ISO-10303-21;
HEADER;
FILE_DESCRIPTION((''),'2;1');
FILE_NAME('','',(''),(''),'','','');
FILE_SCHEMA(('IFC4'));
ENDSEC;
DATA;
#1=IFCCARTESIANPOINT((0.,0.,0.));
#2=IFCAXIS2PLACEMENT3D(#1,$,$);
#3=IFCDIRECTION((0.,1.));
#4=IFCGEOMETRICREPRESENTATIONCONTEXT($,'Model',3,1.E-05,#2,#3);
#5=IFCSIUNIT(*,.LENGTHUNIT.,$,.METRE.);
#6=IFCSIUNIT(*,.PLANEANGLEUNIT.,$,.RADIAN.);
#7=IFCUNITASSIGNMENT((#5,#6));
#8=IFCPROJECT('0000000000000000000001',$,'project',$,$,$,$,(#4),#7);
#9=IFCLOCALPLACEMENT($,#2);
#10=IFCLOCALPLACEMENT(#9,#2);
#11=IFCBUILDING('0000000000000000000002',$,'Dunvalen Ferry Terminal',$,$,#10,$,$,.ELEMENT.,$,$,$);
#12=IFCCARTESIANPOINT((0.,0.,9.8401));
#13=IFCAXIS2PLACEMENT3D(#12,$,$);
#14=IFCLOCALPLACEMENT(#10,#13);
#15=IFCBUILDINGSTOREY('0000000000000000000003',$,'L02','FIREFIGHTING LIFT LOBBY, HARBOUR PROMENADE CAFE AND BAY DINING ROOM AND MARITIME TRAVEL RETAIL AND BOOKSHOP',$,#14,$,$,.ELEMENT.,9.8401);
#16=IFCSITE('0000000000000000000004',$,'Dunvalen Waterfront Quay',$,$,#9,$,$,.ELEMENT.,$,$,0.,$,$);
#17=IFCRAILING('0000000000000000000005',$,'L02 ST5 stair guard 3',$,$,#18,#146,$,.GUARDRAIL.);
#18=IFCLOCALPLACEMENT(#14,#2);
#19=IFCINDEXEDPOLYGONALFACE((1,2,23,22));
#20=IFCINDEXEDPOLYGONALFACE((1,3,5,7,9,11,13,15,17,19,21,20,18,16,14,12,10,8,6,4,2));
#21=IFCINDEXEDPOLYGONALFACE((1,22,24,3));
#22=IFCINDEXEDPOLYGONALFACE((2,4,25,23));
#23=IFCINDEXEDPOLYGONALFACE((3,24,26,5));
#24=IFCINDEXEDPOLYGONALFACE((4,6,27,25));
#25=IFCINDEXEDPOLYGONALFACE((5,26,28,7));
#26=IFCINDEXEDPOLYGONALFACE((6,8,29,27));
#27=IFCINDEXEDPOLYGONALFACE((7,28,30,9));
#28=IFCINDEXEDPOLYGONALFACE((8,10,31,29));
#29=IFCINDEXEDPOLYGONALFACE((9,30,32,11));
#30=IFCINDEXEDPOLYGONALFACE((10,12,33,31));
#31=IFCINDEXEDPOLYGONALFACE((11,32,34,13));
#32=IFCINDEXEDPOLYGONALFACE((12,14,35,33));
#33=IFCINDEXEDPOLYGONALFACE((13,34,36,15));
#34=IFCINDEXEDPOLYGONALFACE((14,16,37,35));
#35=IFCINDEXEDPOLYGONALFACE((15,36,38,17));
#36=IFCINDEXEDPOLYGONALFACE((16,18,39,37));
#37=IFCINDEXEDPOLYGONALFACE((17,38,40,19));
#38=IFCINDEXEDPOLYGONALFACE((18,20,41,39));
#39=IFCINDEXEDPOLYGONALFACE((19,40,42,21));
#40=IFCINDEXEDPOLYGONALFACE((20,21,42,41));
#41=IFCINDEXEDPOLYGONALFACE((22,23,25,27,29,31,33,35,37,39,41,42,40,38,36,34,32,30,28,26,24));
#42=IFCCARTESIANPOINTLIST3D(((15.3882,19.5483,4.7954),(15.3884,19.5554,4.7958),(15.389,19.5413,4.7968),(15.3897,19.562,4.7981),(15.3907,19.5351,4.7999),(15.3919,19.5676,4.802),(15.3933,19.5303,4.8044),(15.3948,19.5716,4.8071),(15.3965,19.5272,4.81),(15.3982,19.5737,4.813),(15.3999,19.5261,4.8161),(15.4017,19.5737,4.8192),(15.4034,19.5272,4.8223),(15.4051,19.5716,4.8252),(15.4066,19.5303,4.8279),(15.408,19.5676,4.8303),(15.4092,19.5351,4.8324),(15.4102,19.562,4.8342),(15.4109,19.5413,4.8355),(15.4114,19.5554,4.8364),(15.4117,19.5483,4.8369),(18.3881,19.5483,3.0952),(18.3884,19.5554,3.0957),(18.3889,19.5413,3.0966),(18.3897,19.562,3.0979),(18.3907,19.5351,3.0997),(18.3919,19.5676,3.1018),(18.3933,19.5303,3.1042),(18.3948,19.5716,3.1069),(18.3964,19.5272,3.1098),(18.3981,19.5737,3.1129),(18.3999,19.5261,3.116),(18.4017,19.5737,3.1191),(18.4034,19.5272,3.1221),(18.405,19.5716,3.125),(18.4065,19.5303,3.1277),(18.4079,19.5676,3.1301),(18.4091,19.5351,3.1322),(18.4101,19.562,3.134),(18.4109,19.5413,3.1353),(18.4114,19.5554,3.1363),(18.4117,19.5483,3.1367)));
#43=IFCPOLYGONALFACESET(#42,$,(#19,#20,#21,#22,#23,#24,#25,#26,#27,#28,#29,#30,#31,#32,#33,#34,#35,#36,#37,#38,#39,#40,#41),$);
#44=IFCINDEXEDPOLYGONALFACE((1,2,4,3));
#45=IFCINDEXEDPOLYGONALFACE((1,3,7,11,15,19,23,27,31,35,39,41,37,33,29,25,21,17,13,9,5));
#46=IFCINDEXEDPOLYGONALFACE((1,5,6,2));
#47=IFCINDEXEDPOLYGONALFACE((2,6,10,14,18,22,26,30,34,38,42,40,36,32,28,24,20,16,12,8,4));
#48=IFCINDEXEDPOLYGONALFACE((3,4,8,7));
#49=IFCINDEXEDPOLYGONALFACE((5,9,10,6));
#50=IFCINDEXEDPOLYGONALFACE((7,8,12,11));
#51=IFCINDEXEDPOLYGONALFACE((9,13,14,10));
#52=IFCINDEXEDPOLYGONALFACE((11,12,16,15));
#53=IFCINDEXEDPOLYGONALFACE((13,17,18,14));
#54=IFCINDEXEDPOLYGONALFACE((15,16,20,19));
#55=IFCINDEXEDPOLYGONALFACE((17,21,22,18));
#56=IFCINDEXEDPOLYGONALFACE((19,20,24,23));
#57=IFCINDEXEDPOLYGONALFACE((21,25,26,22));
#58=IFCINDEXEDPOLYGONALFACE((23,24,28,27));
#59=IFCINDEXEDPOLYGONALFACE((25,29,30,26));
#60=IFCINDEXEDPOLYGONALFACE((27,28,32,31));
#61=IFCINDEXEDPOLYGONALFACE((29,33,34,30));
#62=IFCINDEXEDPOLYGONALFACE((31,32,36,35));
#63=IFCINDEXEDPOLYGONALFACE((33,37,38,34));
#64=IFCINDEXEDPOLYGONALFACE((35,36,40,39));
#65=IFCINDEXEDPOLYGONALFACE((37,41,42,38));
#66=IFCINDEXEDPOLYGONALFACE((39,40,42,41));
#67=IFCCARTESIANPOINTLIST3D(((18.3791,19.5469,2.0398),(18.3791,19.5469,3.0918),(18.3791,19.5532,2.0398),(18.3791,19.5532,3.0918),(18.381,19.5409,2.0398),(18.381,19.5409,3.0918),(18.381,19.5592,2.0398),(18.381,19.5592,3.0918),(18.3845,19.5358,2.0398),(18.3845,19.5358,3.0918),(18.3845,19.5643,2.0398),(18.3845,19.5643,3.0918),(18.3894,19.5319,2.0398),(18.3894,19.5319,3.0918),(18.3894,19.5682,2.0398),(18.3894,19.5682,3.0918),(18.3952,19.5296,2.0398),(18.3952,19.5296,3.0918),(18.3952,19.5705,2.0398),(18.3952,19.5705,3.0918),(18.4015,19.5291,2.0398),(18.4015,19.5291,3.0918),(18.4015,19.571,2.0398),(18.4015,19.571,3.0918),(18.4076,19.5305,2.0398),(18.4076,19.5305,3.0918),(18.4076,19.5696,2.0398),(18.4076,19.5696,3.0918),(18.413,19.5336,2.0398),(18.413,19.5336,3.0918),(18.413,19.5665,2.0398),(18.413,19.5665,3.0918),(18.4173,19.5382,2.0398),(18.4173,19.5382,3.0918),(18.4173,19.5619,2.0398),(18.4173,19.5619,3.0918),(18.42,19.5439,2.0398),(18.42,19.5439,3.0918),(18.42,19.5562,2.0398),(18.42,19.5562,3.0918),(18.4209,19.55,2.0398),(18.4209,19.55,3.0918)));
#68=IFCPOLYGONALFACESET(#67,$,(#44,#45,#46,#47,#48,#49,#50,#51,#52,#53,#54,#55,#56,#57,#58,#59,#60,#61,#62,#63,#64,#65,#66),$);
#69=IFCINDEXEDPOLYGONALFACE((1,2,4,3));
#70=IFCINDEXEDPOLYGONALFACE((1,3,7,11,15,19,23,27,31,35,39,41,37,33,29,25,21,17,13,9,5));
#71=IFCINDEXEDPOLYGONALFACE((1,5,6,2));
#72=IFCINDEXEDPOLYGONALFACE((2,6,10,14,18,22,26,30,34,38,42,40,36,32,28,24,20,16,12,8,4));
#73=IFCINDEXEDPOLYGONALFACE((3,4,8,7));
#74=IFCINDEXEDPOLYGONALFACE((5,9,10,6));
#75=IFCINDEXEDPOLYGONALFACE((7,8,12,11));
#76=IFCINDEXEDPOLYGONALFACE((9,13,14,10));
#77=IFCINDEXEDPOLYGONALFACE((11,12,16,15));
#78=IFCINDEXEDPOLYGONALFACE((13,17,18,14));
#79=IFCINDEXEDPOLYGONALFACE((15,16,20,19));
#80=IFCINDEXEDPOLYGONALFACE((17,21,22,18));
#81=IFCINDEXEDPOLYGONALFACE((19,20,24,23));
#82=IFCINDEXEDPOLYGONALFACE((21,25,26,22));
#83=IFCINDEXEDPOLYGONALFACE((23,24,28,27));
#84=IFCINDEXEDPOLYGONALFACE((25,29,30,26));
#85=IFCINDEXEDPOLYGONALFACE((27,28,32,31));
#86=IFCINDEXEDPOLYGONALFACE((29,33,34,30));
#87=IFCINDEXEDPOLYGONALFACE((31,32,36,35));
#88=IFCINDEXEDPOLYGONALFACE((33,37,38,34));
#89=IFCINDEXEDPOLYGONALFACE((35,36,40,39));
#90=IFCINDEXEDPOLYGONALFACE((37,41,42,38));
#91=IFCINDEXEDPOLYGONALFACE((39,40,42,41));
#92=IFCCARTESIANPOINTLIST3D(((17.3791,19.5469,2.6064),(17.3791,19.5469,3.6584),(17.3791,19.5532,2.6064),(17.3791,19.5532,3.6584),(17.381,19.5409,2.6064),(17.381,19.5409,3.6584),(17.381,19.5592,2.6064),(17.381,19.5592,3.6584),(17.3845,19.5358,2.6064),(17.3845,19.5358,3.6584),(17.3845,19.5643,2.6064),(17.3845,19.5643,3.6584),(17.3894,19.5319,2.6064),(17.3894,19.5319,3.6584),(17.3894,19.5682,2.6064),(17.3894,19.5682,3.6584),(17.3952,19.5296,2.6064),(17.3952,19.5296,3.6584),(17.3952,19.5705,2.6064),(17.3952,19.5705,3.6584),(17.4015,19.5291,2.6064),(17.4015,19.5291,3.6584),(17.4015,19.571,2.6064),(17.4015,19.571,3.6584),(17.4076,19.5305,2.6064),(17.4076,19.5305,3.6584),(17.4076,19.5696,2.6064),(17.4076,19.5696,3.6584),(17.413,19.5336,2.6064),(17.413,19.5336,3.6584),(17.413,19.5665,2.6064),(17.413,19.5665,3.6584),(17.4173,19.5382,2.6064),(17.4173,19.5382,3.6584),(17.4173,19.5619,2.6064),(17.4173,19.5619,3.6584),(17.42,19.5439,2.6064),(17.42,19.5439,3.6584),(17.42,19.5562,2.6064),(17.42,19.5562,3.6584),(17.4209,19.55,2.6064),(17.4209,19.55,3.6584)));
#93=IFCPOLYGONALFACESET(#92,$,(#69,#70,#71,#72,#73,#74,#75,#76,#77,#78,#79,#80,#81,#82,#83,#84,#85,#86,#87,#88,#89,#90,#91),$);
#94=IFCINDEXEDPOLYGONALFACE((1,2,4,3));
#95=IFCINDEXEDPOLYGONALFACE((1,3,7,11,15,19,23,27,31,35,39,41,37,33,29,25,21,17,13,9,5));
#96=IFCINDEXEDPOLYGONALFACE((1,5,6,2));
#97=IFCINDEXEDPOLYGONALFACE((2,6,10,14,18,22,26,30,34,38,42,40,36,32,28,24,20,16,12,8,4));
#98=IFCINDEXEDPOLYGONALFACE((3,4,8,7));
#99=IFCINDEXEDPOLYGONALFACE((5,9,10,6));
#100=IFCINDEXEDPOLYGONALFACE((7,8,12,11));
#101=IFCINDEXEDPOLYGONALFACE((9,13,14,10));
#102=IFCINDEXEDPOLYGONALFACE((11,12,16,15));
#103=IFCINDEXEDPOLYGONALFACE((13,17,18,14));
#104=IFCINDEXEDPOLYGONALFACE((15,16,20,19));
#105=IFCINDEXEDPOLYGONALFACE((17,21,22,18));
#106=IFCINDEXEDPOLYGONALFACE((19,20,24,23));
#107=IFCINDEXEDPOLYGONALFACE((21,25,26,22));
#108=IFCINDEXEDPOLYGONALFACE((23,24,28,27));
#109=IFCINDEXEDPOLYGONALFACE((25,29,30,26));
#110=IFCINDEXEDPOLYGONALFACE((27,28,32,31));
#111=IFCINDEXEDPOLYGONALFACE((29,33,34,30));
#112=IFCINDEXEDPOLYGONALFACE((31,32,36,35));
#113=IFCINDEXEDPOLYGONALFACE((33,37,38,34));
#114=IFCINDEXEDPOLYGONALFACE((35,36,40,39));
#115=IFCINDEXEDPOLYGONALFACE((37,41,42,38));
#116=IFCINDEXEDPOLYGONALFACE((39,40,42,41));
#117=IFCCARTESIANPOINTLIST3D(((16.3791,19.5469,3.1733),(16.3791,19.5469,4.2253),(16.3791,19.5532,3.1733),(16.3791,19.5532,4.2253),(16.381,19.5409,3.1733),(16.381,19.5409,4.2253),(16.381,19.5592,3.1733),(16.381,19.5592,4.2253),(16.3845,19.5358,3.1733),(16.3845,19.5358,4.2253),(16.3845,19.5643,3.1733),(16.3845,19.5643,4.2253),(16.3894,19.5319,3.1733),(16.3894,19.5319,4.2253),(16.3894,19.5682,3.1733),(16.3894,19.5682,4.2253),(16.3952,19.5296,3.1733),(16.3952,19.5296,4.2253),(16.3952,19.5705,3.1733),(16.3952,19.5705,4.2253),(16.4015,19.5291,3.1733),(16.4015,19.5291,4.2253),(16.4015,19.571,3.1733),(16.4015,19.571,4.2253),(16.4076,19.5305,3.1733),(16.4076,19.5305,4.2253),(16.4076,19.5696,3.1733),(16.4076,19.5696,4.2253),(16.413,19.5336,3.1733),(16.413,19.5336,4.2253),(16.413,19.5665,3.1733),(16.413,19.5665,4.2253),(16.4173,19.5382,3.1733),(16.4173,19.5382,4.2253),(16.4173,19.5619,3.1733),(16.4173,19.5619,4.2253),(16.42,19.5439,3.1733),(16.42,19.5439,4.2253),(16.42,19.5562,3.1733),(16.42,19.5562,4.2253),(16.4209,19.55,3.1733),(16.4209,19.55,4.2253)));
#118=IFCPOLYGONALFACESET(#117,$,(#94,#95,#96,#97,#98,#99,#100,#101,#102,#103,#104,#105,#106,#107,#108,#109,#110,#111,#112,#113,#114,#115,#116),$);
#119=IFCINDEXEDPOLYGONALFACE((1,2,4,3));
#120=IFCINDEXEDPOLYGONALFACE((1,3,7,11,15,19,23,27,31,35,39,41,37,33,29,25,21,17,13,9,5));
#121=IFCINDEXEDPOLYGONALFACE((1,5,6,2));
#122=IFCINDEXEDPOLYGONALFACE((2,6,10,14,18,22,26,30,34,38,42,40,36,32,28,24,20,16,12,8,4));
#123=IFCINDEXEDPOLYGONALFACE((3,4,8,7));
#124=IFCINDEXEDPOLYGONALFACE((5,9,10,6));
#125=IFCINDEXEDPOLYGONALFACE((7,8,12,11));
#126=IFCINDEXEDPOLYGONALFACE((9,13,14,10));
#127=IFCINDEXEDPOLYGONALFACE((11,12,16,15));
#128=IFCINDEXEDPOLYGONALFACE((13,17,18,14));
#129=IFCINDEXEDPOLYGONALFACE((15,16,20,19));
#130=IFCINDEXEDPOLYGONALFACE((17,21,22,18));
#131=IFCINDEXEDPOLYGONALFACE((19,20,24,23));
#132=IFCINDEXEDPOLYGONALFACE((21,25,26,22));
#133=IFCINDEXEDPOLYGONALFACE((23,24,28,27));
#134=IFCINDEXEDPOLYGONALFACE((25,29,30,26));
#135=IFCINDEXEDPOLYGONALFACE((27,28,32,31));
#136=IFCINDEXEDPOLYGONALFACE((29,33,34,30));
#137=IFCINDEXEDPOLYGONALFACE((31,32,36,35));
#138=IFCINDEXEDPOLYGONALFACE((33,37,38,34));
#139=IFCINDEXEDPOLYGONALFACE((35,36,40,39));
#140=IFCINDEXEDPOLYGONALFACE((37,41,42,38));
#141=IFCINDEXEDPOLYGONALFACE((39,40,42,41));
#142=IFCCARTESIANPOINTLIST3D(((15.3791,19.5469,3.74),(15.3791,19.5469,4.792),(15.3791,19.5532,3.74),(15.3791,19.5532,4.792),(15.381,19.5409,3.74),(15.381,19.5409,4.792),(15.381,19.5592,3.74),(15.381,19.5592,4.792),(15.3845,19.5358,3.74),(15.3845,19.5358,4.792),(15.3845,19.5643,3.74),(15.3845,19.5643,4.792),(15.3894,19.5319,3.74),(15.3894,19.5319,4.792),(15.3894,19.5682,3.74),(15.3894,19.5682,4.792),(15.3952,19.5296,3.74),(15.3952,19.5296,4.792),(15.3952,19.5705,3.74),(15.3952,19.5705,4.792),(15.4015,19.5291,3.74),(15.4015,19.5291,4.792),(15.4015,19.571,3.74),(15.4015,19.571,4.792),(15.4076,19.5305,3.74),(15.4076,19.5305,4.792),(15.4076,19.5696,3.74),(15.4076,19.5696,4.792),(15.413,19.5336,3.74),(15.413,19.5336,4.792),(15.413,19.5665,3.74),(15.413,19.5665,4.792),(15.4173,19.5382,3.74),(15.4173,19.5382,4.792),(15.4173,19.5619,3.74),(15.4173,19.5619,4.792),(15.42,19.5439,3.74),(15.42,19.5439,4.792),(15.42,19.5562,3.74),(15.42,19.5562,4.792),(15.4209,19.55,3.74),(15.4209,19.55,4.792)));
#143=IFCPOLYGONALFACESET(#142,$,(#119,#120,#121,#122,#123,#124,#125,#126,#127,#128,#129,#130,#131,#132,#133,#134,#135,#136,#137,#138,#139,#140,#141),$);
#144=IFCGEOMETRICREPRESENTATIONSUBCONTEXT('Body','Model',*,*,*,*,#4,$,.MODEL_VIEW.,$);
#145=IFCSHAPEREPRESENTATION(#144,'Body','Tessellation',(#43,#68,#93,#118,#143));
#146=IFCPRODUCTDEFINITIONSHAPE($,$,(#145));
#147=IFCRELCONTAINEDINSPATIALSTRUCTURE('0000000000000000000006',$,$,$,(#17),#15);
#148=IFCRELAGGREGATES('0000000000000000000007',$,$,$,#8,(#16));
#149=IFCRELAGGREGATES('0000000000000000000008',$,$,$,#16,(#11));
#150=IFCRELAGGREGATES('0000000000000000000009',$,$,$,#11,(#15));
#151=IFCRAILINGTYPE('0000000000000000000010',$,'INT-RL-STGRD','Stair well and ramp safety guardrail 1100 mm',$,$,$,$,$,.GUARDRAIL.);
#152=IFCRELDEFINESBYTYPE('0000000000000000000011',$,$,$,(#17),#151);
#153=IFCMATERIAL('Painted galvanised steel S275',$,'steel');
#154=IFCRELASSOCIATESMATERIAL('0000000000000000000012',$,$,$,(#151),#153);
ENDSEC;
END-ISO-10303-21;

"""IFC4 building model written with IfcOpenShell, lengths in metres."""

from ifc_helpers import new_model, si_unit, direction, frame, origin, origin_2d, place, context, subcontext, project, spatial, circle, extrude, material, type_object, element, save


model = new_model("IFC4")

# Units and contexts
model_context = context("Model", 3, precision=1e-05, world=origin(), true_north=direction((0.0, 1.0)))
body_context = subcontext(model_context, "Body", "Model", "MODEL_VIEW")
ifc_project = project(units=[si_unit("LENGTHUNIT", "METRE"), si_unit("PLANEANGLEUNIT", "RADIAN")], contexts=[model_context])

# Site, building, storey
site_placement = place(None, origin())
site = spatial("IfcSite", under=ifc_project, at=site_placement, Name="Dunvalen Waterfront Quay", CompositionType="ELEMENT", RefElevation=0.0)
building_placement = place(site_placement, origin())
building = spatial("IfcBuilding", under=site, at=building_placement, Name="Dunvalen Ferry Terminal", CompositionType="ELEMENT")
storey_placement = place(building_placement, frame((0.0, 0.0, 9.8401)))
storey = spatial("IfcBuildingStorey", under=building, at=storey_placement, Name="L02", Description="FIREFIGHTING LIFT LOBBY, HARBOUR PROMENADE CAFE AND BAY DINING ROOM AND MARITIME TRAVEL RETAIL AND BOOKSHOP", CompositionType="ELEMENT", Elevation=9.8401)

# Railing
ifc_material_1 = material(Name="Painted galvanised steel S275", Category="steel")
railing_type_1 = type_object("IfcRailingType", Name="INT-RL-STGRD", Description="Stair well and ramp safety guardrail 1100 mm", PredefinedType="GUARDRAIL", material=ifc_material_1)
railing_1_placement = place(storey_placement, frame((18.3999, 19.55, 2.0398)))
element("IfcRailing", 1, at=railing_1_placement, inside=storey, type_object=railing_type_1, Name="L02 ST5 stair guard 3", PredefinedType="GUARDRAIL", context=body_context, shape_type="SweptSolid", body=[
    extrude(circle(Radius=0.0239, at=origin_2d()), frame((0.0, 0.0, 1.0762), z_axis=(-0.869998, 0.0, 0.493055), x_axis=(0.0, -1.0, 0.0)), (0.0, 0.0, 1.0), 3.4482),
    extrude(circle(Radius=0.021, at=origin_2d()), origin(), (0.0, 0.0, 1.0), 1.052),
    extrude(circle(Radius=0.021, at=origin_2d()), frame((-1.0, 0.0, 0.5667)), (0.0, 0.0, 1.0), 1.052),
    extrude(circle(Radius=0.021, at=origin_2d()), frame((-2.0, 0.0, 1.1335)), (0.0, 0.0, 1.0), 1.052),
    extrude(circle(Radius=0.021, at=origin_2d()), frame((-3.0, 0.0, 1.7002)), (0.0, 0.0, 1.0), 1.052),
])

save(model, "model.ifc")
